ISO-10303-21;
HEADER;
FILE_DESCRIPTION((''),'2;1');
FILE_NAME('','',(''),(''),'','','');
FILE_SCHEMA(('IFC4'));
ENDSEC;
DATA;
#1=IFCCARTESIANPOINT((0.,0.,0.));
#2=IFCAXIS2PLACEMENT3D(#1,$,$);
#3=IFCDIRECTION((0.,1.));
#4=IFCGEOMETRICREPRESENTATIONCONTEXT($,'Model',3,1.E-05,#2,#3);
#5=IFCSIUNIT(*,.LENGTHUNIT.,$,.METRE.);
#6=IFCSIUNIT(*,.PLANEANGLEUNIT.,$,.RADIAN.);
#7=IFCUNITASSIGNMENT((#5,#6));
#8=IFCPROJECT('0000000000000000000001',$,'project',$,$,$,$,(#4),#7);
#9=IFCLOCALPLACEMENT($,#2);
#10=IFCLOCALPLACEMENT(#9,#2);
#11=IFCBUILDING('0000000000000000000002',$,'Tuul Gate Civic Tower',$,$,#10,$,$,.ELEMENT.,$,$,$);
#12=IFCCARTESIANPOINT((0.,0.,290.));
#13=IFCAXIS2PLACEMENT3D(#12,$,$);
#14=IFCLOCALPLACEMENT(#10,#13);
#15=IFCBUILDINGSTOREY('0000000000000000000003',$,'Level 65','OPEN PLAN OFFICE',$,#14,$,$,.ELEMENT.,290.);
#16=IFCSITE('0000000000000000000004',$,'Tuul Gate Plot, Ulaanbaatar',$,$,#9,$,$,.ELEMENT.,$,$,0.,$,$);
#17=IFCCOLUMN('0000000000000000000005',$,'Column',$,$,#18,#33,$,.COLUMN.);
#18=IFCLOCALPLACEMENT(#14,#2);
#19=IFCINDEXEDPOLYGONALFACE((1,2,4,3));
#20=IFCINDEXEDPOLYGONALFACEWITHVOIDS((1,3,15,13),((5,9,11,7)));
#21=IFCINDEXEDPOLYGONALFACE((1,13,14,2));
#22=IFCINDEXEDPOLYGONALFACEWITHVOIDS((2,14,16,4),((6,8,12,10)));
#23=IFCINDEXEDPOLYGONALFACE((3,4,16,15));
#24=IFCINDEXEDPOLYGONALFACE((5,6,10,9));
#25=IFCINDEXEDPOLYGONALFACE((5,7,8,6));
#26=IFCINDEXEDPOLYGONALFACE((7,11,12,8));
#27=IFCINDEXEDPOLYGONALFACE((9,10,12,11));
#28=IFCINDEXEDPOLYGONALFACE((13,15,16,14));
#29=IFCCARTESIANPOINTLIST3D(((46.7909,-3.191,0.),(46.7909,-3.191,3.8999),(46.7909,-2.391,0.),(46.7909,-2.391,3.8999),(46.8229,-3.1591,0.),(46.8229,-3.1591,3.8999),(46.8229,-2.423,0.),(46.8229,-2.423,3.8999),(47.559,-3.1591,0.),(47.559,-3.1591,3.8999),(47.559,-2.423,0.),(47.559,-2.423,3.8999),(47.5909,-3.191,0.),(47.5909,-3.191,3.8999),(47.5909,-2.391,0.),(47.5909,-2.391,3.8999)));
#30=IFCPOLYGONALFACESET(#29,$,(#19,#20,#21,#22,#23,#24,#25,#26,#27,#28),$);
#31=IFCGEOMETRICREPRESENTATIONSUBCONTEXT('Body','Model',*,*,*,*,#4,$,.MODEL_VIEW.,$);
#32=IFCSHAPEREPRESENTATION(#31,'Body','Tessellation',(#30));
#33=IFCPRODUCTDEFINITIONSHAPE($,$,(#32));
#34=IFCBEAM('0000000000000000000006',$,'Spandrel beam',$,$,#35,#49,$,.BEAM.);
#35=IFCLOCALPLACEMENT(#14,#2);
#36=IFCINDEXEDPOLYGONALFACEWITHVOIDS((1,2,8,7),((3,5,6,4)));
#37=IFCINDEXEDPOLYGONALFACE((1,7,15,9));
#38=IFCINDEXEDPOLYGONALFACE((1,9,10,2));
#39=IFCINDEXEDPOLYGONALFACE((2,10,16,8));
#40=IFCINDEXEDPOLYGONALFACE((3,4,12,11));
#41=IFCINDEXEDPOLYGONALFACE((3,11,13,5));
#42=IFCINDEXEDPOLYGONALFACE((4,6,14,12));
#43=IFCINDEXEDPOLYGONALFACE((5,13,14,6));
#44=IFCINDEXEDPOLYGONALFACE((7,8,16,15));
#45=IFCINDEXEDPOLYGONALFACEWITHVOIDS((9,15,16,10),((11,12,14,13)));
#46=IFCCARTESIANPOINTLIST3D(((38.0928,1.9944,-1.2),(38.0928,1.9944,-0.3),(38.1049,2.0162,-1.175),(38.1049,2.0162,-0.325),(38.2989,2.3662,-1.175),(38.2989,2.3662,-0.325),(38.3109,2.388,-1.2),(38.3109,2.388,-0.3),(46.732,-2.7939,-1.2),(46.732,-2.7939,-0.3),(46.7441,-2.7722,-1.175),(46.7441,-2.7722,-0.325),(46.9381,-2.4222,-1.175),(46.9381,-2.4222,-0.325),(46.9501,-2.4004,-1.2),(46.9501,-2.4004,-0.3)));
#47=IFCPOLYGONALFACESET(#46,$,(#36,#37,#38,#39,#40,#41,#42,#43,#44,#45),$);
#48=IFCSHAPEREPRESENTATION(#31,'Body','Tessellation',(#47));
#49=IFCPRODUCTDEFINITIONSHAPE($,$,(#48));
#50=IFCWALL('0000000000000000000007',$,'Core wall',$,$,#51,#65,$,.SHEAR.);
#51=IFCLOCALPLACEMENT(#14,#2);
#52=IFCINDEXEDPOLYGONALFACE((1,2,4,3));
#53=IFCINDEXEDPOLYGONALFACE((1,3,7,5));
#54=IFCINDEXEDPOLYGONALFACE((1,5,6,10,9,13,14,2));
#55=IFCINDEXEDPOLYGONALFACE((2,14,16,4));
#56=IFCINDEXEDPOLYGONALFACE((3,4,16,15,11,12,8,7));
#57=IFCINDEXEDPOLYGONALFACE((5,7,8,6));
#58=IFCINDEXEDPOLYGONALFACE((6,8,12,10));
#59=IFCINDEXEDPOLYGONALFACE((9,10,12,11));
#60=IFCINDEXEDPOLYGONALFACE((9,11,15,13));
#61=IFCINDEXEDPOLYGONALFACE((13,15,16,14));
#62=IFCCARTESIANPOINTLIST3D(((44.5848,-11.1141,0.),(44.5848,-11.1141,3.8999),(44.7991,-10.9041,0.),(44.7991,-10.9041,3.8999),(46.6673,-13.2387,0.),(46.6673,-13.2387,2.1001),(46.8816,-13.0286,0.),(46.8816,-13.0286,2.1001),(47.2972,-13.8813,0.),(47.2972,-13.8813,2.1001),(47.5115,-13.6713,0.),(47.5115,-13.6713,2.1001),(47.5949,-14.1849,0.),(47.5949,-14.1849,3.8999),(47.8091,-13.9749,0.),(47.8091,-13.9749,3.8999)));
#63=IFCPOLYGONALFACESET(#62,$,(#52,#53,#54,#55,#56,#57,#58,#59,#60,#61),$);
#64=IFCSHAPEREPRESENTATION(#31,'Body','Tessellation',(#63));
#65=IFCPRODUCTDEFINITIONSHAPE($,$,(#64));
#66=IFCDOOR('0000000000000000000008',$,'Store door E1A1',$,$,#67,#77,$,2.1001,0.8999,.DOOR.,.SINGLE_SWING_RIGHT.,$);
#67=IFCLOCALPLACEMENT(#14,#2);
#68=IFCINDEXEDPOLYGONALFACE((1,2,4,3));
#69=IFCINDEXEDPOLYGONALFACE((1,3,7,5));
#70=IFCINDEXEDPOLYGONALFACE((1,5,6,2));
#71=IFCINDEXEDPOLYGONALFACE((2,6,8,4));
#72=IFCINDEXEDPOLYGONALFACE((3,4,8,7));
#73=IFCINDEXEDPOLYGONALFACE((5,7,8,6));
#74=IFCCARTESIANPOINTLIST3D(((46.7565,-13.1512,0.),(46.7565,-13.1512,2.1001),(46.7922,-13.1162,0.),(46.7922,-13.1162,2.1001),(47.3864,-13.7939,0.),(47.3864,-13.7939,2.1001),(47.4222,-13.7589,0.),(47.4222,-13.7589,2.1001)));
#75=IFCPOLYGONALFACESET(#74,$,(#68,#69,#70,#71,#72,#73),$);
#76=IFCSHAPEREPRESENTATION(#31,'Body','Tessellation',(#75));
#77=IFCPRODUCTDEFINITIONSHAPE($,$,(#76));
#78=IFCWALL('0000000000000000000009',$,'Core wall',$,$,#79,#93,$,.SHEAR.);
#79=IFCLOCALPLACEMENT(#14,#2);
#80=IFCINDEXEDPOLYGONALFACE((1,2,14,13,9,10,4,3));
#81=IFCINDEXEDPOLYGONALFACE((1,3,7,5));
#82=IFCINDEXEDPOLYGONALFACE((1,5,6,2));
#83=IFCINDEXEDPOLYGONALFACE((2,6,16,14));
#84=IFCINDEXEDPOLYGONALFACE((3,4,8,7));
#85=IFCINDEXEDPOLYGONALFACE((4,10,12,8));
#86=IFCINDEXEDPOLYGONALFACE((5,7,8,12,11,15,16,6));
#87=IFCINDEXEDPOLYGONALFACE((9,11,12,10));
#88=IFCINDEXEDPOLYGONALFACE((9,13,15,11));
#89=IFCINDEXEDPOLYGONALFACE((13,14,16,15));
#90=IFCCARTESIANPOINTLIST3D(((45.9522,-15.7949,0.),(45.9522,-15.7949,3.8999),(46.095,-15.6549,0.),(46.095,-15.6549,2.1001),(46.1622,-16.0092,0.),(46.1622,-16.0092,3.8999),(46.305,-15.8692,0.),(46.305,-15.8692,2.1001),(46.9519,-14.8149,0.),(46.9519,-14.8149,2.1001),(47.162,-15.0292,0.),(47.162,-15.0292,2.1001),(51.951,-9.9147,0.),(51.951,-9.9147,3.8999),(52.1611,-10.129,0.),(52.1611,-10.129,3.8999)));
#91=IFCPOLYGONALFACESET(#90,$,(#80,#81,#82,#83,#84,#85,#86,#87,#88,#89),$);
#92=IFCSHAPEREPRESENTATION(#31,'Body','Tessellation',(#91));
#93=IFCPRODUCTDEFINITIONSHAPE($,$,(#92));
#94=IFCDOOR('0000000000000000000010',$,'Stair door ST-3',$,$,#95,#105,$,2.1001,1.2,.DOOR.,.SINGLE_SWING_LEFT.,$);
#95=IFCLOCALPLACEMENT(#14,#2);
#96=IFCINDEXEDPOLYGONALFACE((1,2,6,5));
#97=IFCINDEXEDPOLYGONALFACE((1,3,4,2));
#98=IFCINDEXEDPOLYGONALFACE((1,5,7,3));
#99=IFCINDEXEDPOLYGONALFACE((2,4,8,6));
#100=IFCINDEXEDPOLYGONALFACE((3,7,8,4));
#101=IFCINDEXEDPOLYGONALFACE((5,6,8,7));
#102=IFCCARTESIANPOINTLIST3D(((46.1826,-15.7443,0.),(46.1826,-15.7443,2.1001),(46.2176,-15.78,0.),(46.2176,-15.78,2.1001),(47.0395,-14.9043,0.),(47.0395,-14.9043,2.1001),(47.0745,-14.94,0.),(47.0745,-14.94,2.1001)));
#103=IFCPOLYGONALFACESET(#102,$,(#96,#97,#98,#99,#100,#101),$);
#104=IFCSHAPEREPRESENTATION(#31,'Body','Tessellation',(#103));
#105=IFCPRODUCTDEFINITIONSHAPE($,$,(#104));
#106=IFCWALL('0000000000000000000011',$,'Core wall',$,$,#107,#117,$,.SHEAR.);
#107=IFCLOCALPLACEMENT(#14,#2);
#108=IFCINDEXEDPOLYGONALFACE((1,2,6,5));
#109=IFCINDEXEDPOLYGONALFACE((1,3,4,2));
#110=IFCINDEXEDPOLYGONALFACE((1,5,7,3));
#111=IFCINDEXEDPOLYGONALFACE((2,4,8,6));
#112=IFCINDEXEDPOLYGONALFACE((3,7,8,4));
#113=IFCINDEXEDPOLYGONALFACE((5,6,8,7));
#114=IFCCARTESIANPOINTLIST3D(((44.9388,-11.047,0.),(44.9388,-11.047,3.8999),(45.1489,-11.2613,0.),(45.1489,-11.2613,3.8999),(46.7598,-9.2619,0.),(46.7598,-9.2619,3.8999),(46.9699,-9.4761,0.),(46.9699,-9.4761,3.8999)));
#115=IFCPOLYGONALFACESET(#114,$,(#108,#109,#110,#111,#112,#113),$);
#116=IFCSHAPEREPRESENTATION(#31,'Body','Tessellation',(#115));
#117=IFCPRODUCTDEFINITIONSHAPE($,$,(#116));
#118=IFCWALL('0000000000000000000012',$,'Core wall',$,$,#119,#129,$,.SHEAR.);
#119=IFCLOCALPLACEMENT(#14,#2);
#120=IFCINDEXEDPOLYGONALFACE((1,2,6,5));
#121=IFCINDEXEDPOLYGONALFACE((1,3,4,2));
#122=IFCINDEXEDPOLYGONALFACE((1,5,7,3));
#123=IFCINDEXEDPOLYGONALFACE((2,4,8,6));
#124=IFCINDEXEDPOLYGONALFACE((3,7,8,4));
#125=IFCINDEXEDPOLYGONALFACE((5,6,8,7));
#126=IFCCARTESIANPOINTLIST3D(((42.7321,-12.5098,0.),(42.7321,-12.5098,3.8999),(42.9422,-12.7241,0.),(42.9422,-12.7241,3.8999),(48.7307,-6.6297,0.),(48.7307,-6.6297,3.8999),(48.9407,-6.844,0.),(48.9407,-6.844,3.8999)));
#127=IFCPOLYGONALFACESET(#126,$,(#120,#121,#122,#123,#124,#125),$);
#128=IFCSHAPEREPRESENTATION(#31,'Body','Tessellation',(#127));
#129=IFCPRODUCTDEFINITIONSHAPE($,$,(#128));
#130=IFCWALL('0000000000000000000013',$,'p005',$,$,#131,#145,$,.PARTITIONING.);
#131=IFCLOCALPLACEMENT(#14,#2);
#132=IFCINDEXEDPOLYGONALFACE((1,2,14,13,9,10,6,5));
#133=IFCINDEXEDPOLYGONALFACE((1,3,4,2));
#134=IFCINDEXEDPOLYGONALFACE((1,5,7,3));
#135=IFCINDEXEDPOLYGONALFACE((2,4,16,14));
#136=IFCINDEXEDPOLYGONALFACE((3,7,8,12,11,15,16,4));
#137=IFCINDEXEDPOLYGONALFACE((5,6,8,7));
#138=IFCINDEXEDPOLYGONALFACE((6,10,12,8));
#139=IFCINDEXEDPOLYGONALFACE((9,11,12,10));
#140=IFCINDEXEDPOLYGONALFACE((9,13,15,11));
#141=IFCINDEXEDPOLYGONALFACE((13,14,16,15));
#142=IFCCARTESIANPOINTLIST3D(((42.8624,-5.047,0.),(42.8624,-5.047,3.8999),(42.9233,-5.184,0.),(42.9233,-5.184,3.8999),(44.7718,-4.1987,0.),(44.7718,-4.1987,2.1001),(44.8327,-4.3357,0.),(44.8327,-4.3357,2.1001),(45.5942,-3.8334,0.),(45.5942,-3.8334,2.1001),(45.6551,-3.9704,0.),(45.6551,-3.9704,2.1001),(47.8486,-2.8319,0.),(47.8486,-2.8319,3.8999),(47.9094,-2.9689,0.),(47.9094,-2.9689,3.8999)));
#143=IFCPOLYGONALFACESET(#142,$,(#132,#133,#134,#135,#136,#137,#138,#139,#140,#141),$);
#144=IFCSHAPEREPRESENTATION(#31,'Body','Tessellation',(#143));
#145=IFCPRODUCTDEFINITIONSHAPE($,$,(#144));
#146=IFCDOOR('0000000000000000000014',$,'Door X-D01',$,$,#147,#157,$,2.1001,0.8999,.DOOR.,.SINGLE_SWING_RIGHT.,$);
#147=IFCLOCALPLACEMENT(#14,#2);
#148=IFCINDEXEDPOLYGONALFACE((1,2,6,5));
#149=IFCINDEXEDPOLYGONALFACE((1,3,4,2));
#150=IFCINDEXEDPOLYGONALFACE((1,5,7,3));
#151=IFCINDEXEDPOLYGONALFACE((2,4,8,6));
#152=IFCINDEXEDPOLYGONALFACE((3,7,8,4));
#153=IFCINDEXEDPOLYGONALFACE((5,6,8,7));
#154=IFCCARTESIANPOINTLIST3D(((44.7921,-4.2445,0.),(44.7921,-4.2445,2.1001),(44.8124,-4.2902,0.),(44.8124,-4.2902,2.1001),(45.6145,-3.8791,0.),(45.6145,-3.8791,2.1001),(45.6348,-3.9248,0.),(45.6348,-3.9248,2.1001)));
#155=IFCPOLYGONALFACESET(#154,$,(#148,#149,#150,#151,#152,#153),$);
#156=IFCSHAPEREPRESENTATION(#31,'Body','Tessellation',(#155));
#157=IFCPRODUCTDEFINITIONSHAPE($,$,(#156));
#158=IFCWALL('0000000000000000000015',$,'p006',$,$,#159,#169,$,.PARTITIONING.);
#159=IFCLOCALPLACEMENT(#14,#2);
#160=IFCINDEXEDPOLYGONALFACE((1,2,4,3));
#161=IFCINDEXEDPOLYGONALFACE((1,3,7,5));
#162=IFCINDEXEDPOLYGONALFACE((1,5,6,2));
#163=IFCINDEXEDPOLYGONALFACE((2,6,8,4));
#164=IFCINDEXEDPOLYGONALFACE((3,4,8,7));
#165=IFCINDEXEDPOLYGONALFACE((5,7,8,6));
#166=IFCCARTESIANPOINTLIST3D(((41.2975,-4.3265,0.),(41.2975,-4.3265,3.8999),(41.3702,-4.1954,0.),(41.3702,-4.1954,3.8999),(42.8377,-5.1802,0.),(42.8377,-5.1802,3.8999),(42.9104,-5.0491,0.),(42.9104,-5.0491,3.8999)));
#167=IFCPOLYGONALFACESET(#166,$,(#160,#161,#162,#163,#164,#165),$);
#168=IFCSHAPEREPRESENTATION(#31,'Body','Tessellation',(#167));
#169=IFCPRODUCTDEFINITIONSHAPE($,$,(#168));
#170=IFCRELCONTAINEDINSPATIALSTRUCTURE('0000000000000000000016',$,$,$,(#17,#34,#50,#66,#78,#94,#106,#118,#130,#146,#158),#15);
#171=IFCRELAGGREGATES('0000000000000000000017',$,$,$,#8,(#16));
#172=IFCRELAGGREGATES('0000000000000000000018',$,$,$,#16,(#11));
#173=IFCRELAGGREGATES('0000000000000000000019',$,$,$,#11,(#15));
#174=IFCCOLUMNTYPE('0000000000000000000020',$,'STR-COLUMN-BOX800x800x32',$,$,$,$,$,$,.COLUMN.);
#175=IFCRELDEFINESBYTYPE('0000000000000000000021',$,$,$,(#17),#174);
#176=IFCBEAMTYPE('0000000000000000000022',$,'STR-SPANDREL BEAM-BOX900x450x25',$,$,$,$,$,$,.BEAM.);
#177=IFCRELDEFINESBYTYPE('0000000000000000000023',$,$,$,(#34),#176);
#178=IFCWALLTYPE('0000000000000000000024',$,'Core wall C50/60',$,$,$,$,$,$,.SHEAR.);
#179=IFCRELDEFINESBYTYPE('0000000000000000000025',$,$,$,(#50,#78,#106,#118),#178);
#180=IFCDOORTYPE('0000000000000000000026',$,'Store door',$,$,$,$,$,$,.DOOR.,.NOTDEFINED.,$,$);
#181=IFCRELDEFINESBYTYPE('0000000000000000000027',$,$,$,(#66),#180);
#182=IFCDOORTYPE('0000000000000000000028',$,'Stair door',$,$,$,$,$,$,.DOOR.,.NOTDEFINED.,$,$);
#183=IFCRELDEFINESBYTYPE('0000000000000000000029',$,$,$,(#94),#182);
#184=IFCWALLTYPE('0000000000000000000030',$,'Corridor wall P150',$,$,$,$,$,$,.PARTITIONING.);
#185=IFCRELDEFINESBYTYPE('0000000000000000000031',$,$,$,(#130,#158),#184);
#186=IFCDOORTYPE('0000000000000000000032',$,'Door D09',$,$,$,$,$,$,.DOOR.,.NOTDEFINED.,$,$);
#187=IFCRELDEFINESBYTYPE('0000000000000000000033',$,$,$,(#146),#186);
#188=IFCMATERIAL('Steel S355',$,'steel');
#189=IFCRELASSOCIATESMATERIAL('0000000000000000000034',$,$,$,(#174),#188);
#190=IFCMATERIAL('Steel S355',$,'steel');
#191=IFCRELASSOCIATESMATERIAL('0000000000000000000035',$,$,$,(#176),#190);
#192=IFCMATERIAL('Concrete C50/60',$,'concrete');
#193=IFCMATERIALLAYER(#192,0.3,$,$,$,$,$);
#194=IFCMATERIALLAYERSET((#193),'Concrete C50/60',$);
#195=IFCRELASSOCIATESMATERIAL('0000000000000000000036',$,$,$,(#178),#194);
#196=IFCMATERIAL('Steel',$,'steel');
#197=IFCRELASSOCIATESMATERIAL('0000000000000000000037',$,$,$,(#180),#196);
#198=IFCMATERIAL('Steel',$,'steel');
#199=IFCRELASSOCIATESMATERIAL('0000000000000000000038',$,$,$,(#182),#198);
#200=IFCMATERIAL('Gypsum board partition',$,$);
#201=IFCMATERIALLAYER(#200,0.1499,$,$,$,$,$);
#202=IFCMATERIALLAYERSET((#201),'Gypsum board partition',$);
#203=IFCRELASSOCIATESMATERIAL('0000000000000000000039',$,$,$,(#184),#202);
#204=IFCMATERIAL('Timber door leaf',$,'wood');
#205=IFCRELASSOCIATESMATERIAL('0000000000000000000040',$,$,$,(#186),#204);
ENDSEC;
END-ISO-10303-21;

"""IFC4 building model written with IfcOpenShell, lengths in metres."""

from ifc_helpers import new_model, si_unit, direction, frame, frame_2d, origin, origin_2d, place, context, subcontext, project, spatial, rectangle, hollow_rectangle, extrude, material, layer, layer_set, material_profile, profile_set, type_object, element, fill, save


model = new_model("IFC4")

# Units and contexts
model_context = context("Model", 3, precision=1e-05, world=origin(), true_north=direction((0.0, 1.0)))
body_context = subcontext(model_context, "Body", "Model", "MODEL_VIEW")
ifc_project = project(units=[si_unit("LENGTHUNIT", "METRE"), si_unit("PLANEANGLEUNIT", "RADIAN")], contexts=[model_context])

# Site, building, storey
site_placement = place(None, origin())
site = spatial("IfcSite", under=ifc_project, at=site_placement, Name="Tuul Gate Plot, Ulaanbaatar", CompositionType="ELEMENT", RefElevation=0.0)
building_placement = place(site_placement, origin())
building = spatial("IfcBuilding", under=site, at=building_placement, Name="Tuul Gate Civic Tower", CompositionType="ELEMENT")
storey_placement = place(building_placement, frame((0.0, 0.0, 290.0)))
storey = spatial("IfcBuildingStorey", under=building, at=storey_placement, Name="Level 65", Description="OPEN PLAN OFFICE", CompositionType="ELEMENT", Elevation=290.0)

# Column
ifc_material_1 = material(Name="Steel S355", Category="steel")
ifc_material_profile_1 = material_profile(ifc_material_1, hollow_rectangle(XDim=0.8, YDim=0.8, WallThickness=0.032, at=origin_2d()), Name="BOX800x800x32")
ifc_profile_set_1 = profile_set([ifc_material_profile_1], Name="Steel S355")
column_type = type_object("IfcColumnType", Name="STR-COLUMN-BOX800x800x32", PredefinedType="COLUMN", material=ifc_profile_set_1)
column_placement = place(storey_placement, frame((47.1909, -2.791, 0.0), z_axis=(0.0, 0.0, 1.0), x_axis=(1.0, 0.0, 0.0)))
element("IfcColumn", 1, at=column_placement, inside=storey, type_object=column_type, Name="Column", PredefinedType="COLUMN", context=body_context, shape_type="SweptSolid", body=[
    extrude(hollow_rectangle(XDim=0.8, YDim=0.8, WallThickness=0.032, at=origin_2d()), origin(), (0.0, 0.0, 1.0), 3.8999),
])

# Beam
ifc_material_2 = material(Name="Steel S355", Category="steel")
ifc_material_profile_2 = material_profile(ifc_material_2, hollow_rectangle(XDim=0.45, YDim=0.8999, WallThickness=0.0249, at=origin_2d()), Name="BOX900x450x25")
ifc_profile_set_2 = profile_set([ifc_material_profile_2], Name="Steel S355")
beam_type = type_object("IfcBeamType", Name="STR-SPANDREL BEAM-BOX900x450x25", PredefinedType="BEAM", material=ifc_profile_set_2)
beam_placement = place(storey_placement, frame((46.8411, -2.5972, -0.75), z_axis=(-0.874638, 0.484776, 0.0), x_axis=(-0.484776, -0.874638, 0.0)))
element("IfcBeam", 2, at=beam_placement, inside=storey, type_object=beam_type, Name="Spandrel beam", PredefinedType="BEAM", context=body_context, shape_type="SweptSolid", body=[
    extrude(hollow_rectangle(XDim=0.45, YDim=0.8999, WallThickness=0.0249, at=origin_2d()), origin(), (0.0, 0.0, 1.0), 9.8774),
])

# Walls, openings, doors
ifc_material_3 = material(Name="Concrete C50/60", Category="concrete")
ifc_layer_1 = layer(ifc_material_3, 0.3)
ifc_layer_set_1 = layer_set([ifc_layer_1], Name="Concrete C50/60")
wall_type_1 = type_object("IfcWallType", Name="Core wall C50/60", PredefinedType="SHEAR", material=ifc_layer_set_1)
wall_1_placement = place(storey_placement, frame((47.7019, -14.0798, 0.0), z_axis=(0.0, 0.0, 1.0), x_axis=(-0.700003, 0.71414, 0.0)))
wall_1 = element("IfcWall", 3, at=wall_1_placement, inside=storey, type_object=wall_type_1, Name="Core wall", PredefinedType="SHEAR", context=body_context, shape_type="SweptSolid", body=[
    extrude(rectangle(XDim=4.3, YDim=0.3, at=frame_2d((2.1499, 0.0))), origin(), (0.0, 0.0, 1.0), 3.8999),
])
opening_1_placement = place(wall_1_placement, frame((0.425, 0.0, 0.0)))
opening_1 = element("IfcOpeningElement", 4, at=opening_1_placement, cuts=wall_1, PredefinedType="OPENING", context=body_context, shape_type="SweptSolid", body=[
    extrude(rectangle(XDim=0.8999, YDim=2.1001, at=frame_2d((0.45, 1.05))), frame((0.0, 0.1602, 0.0), z_axis=(0.0, -1.0, 0.0), x_axis=(1.0, 0.0, 0.0)), (0.0, 0.0, 1.0), 0.3201),
])
ifc_material_4 = material(Name="Steel", Category="steel")
door_type_1 = type_object("IfcDoorType", Name="Store door", OperationType="NOTDEFINED", PredefinedType="DOOR", material=ifc_material_4)
door_1_placement = place(opening_1_placement, frame((0.8999, 0.0, 0.0), z_axis=(0.0, 0.0, 1.0), x_axis=(-1.0, 0.0, 0.0)))
door_1 = element("IfcDoor", 5, at=door_1_placement, inside=storey, type_object=door_type_1, Name="Store door E1A1", OperationType="SINGLE_SWING_RIGHT", OverallHeight=2.1001, OverallWidth=0.8999, PredefinedType="DOOR", context=body_context, shape_type="SweptSolid", body=[
    extrude(rectangle(XDim=0.8999, YDim=2.1001, at=frame_2d((0.45, 1.05))), frame((0.0, 0.0249, 0.0), z_axis=(0.0, -1.0, 0.0), x_axis=(1.0, 0.0, 0.0)), (0.0, 0.0, 1.0), 0.05),
])
fill(opening_1, door_1)
wall_2_placement = place(storey_placement, frame((46.0571, -15.9021, 0.0), z_axis=(0.0, 0.0, 1.0), x_axis=(0.714134, 0.700009, 0.0)))
wall_2 = element("IfcWall", 6, at=wall_2_placement, inside=storey, type_object=wall_type_1, Name="Core wall", PredefinedType="SHEAR", context=body_context, shape_type="SweptSolid", body=[
    extrude(rectangle(XDim=8.4001, YDim=0.3, at=frame_2d((4.2002, 0.0))), origin(), (0.0, 0.0, 1.0), 3.8999),
])
opening_2_placement = place(wall_2_placement, frame((0.2, 0.0, 0.0)))
opening_2 = element("IfcOpeningElement", 7, at=opening_2_placement, cuts=wall_2, PredefinedType="OPENING", context=body_context, shape_type="SweptSolid", body=[
    extrude(rectangle(XDim=1.2, YDim=2.1001, at=frame_2d((0.6001, 1.05))), frame((0.0, 0.1602, 0.0), z_axis=(0.0, -1.0, 0.0), x_axis=(1.0, 0.0, 0.0)), (0.0, 0.0, 1.0), 0.3201),
])
ifc_material_5 = material(Name="Steel", Category="steel")
door_type_2 = type_object("IfcDoorType", Name="Stair door", OperationType="NOTDEFINED", PredefinedType="DOOR", material=ifc_material_5)
door_2_placement = place(opening_2_placement, origin())
door_2 = element("IfcDoor", 8, at=door_2_placement, inside=storey, type_object=door_type_2, Name="Stair door ST-3", OperationType="SINGLE_SWING_LEFT", OverallHeight=2.1001, OverallWidth=1.2, PredefinedType="DOOR", context=body_context, shape_type="SweptSolid", body=[
    extrude(rectangle(XDim=1.2, YDim=2.1001, at=frame_2d((0.6001, 1.05))), frame((0.0, 0.0249, 0.0), z_axis=(0.0, -1.0, 0.0), x_axis=(1.0, 0.0, 0.0)), (0.0, 0.0, 1.0), 0.05),
])
fill(opening_2, door_2)

# Walls
wall_3_placement = place(storey_placement, frame((45.0439, -11.1541, 0.0), z_axis=(0.0, 0.0, 1.0), x_axis=(0.714108, 0.700035, 0.0)))
element("IfcWall", 9, at=wall_3_placement, inside=storey, type_object=wall_type_1, Name="Core wall", PredefinedType="SHEAR", context=body_context, shape_type="SweptSolid", body=[
    extrude(rectangle(XDim=2.55, YDim=0.3, at=frame_2d((1.2749, 0.0))), origin(), (0.0, 0.0, 1.0), 3.8999),
])
wall_4_placement = place(storey_placement, frame((42.8372, -12.6169, 0.0), z_axis=(0.0, 0.0, 1.0), x_axis=(0.71412, 0.700023, 0.0)))
element("IfcWall", 10, at=wall_4_placement, inside=storey, type_object=wall_type_1, Name="Core wall", PredefinedType="SHEAR", context=body_context, shape_type="SweptSolid", body=[
    extrude(rectangle(XDim=8.3999, YDim=0.3, at=frame_2d((4.2, 0.0))), origin(), (0.0, 0.0, 1.0), 3.8999),
])

# Wall, opening, door
ifc_material_6 = material(Name="Gypsum board partition")
ifc_layer_2 = layer(ifc_material_6, 0.1499)
ifc_layer_set_2 = layer_set([ifc_layer_2], Name="Gypsum board partition")
wall_type_2 = type_object("IfcWallType", Name="Corridor wall P150", PredefinedType="PARTITIONING", material=ifc_layer_set_2)
wall_5_placement = place(storey_placement, frame((42.8928, -5.1155, 0.0), z_axis=(0.0, 0.0, 1.0), x_axis=(0.913876, 0.405993, 0.0)))
wall_5 = element("IfcWall", 11, at=wall_5_placement, inside=storey, type_object=wall_type_2, Name="p005", PredefinedType="PARTITIONING", context=body_context, shape_type="SweptSolid", body=[
    extrude(rectangle(XDim=5.4561, YDim=0.1499, at=frame_2d((2.728, 0.0))), origin(), (0.0, 0.0, 1.0), 3.8999),
])
opening_3_placement = place(wall_5_placement, frame((2.0894, 0.0, 0.0)))
opening_3 = element("IfcOpeningElement", 12, at=opening_3_placement, cuts=wall_5, PredefinedType="OPENING", context=body_context, shape_type="SweptSolid", body=[
    extrude(rectangle(XDim=0.8999, YDim=2.1001, at=frame_2d((0.45, 1.05))), frame((0.0, 0.085, 0.0), z_axis=(0.0, -1.0, 0.0), x_axis=(1.0, 0.0, 0.0)), (0.0, 0.0, 1.0), 0.1699),
])
ifc_material_7 = material(Name="Timber door leaf", Category="wood")
door_type_3 = type_object("IfcDoorType", Name="Door D09", OperationType="NOTDEFINED", PredefinedType="DOOR", material=ifc_material_7)
door_3_placement = place(opening_3_placement, origin())
door_3 = element("IfcDoor", 13, at=door_3_placement, inside=storey, type_object=door_type_3, Name="Door X-D01", OperationType="SINGLE_SWING_RIGHT", OverallHeight=2.1001, OverallWidth=0.8999, PredefinedType="DOOR", context=body_context, shape_type="SweptSolid", body=[
    extrude(rectangle(XDim=0.8999, YDim=2.1001, at=frame_2d((0.45, 1.05))), frame((0.0, 0.0249, 0.0), z_axis=(0.0, -1.0, 0.0), x_axis=(1.0, 0.0, 0.0)), (0.0, 0.0, 1.0), 0.05),
])
fill(opening_3, door_3)

# Wall
wall_6_placement = place(storey_placement, frame((41.334, -4.261, 0.0), z_axis=(0.0, 0.0, 1.0), x_axis=(0.874628, -0.484795, 0.0)))
element("IfcWall", 14, at=wall_6_placement, inside=storey, type_object=wall_type_2, Name="p006", PredefinedType="PARTITIONING", context=body_context, shape_type="SweptSolid", body=[
    extrude(rectangle(XDim=1.761, YDim=0.1499, at=frame_2d((0.8804, 0.0))), origin(), (0.0, 0.0, 1.0), 3.8999),
])

save(model, "model.ifc")
